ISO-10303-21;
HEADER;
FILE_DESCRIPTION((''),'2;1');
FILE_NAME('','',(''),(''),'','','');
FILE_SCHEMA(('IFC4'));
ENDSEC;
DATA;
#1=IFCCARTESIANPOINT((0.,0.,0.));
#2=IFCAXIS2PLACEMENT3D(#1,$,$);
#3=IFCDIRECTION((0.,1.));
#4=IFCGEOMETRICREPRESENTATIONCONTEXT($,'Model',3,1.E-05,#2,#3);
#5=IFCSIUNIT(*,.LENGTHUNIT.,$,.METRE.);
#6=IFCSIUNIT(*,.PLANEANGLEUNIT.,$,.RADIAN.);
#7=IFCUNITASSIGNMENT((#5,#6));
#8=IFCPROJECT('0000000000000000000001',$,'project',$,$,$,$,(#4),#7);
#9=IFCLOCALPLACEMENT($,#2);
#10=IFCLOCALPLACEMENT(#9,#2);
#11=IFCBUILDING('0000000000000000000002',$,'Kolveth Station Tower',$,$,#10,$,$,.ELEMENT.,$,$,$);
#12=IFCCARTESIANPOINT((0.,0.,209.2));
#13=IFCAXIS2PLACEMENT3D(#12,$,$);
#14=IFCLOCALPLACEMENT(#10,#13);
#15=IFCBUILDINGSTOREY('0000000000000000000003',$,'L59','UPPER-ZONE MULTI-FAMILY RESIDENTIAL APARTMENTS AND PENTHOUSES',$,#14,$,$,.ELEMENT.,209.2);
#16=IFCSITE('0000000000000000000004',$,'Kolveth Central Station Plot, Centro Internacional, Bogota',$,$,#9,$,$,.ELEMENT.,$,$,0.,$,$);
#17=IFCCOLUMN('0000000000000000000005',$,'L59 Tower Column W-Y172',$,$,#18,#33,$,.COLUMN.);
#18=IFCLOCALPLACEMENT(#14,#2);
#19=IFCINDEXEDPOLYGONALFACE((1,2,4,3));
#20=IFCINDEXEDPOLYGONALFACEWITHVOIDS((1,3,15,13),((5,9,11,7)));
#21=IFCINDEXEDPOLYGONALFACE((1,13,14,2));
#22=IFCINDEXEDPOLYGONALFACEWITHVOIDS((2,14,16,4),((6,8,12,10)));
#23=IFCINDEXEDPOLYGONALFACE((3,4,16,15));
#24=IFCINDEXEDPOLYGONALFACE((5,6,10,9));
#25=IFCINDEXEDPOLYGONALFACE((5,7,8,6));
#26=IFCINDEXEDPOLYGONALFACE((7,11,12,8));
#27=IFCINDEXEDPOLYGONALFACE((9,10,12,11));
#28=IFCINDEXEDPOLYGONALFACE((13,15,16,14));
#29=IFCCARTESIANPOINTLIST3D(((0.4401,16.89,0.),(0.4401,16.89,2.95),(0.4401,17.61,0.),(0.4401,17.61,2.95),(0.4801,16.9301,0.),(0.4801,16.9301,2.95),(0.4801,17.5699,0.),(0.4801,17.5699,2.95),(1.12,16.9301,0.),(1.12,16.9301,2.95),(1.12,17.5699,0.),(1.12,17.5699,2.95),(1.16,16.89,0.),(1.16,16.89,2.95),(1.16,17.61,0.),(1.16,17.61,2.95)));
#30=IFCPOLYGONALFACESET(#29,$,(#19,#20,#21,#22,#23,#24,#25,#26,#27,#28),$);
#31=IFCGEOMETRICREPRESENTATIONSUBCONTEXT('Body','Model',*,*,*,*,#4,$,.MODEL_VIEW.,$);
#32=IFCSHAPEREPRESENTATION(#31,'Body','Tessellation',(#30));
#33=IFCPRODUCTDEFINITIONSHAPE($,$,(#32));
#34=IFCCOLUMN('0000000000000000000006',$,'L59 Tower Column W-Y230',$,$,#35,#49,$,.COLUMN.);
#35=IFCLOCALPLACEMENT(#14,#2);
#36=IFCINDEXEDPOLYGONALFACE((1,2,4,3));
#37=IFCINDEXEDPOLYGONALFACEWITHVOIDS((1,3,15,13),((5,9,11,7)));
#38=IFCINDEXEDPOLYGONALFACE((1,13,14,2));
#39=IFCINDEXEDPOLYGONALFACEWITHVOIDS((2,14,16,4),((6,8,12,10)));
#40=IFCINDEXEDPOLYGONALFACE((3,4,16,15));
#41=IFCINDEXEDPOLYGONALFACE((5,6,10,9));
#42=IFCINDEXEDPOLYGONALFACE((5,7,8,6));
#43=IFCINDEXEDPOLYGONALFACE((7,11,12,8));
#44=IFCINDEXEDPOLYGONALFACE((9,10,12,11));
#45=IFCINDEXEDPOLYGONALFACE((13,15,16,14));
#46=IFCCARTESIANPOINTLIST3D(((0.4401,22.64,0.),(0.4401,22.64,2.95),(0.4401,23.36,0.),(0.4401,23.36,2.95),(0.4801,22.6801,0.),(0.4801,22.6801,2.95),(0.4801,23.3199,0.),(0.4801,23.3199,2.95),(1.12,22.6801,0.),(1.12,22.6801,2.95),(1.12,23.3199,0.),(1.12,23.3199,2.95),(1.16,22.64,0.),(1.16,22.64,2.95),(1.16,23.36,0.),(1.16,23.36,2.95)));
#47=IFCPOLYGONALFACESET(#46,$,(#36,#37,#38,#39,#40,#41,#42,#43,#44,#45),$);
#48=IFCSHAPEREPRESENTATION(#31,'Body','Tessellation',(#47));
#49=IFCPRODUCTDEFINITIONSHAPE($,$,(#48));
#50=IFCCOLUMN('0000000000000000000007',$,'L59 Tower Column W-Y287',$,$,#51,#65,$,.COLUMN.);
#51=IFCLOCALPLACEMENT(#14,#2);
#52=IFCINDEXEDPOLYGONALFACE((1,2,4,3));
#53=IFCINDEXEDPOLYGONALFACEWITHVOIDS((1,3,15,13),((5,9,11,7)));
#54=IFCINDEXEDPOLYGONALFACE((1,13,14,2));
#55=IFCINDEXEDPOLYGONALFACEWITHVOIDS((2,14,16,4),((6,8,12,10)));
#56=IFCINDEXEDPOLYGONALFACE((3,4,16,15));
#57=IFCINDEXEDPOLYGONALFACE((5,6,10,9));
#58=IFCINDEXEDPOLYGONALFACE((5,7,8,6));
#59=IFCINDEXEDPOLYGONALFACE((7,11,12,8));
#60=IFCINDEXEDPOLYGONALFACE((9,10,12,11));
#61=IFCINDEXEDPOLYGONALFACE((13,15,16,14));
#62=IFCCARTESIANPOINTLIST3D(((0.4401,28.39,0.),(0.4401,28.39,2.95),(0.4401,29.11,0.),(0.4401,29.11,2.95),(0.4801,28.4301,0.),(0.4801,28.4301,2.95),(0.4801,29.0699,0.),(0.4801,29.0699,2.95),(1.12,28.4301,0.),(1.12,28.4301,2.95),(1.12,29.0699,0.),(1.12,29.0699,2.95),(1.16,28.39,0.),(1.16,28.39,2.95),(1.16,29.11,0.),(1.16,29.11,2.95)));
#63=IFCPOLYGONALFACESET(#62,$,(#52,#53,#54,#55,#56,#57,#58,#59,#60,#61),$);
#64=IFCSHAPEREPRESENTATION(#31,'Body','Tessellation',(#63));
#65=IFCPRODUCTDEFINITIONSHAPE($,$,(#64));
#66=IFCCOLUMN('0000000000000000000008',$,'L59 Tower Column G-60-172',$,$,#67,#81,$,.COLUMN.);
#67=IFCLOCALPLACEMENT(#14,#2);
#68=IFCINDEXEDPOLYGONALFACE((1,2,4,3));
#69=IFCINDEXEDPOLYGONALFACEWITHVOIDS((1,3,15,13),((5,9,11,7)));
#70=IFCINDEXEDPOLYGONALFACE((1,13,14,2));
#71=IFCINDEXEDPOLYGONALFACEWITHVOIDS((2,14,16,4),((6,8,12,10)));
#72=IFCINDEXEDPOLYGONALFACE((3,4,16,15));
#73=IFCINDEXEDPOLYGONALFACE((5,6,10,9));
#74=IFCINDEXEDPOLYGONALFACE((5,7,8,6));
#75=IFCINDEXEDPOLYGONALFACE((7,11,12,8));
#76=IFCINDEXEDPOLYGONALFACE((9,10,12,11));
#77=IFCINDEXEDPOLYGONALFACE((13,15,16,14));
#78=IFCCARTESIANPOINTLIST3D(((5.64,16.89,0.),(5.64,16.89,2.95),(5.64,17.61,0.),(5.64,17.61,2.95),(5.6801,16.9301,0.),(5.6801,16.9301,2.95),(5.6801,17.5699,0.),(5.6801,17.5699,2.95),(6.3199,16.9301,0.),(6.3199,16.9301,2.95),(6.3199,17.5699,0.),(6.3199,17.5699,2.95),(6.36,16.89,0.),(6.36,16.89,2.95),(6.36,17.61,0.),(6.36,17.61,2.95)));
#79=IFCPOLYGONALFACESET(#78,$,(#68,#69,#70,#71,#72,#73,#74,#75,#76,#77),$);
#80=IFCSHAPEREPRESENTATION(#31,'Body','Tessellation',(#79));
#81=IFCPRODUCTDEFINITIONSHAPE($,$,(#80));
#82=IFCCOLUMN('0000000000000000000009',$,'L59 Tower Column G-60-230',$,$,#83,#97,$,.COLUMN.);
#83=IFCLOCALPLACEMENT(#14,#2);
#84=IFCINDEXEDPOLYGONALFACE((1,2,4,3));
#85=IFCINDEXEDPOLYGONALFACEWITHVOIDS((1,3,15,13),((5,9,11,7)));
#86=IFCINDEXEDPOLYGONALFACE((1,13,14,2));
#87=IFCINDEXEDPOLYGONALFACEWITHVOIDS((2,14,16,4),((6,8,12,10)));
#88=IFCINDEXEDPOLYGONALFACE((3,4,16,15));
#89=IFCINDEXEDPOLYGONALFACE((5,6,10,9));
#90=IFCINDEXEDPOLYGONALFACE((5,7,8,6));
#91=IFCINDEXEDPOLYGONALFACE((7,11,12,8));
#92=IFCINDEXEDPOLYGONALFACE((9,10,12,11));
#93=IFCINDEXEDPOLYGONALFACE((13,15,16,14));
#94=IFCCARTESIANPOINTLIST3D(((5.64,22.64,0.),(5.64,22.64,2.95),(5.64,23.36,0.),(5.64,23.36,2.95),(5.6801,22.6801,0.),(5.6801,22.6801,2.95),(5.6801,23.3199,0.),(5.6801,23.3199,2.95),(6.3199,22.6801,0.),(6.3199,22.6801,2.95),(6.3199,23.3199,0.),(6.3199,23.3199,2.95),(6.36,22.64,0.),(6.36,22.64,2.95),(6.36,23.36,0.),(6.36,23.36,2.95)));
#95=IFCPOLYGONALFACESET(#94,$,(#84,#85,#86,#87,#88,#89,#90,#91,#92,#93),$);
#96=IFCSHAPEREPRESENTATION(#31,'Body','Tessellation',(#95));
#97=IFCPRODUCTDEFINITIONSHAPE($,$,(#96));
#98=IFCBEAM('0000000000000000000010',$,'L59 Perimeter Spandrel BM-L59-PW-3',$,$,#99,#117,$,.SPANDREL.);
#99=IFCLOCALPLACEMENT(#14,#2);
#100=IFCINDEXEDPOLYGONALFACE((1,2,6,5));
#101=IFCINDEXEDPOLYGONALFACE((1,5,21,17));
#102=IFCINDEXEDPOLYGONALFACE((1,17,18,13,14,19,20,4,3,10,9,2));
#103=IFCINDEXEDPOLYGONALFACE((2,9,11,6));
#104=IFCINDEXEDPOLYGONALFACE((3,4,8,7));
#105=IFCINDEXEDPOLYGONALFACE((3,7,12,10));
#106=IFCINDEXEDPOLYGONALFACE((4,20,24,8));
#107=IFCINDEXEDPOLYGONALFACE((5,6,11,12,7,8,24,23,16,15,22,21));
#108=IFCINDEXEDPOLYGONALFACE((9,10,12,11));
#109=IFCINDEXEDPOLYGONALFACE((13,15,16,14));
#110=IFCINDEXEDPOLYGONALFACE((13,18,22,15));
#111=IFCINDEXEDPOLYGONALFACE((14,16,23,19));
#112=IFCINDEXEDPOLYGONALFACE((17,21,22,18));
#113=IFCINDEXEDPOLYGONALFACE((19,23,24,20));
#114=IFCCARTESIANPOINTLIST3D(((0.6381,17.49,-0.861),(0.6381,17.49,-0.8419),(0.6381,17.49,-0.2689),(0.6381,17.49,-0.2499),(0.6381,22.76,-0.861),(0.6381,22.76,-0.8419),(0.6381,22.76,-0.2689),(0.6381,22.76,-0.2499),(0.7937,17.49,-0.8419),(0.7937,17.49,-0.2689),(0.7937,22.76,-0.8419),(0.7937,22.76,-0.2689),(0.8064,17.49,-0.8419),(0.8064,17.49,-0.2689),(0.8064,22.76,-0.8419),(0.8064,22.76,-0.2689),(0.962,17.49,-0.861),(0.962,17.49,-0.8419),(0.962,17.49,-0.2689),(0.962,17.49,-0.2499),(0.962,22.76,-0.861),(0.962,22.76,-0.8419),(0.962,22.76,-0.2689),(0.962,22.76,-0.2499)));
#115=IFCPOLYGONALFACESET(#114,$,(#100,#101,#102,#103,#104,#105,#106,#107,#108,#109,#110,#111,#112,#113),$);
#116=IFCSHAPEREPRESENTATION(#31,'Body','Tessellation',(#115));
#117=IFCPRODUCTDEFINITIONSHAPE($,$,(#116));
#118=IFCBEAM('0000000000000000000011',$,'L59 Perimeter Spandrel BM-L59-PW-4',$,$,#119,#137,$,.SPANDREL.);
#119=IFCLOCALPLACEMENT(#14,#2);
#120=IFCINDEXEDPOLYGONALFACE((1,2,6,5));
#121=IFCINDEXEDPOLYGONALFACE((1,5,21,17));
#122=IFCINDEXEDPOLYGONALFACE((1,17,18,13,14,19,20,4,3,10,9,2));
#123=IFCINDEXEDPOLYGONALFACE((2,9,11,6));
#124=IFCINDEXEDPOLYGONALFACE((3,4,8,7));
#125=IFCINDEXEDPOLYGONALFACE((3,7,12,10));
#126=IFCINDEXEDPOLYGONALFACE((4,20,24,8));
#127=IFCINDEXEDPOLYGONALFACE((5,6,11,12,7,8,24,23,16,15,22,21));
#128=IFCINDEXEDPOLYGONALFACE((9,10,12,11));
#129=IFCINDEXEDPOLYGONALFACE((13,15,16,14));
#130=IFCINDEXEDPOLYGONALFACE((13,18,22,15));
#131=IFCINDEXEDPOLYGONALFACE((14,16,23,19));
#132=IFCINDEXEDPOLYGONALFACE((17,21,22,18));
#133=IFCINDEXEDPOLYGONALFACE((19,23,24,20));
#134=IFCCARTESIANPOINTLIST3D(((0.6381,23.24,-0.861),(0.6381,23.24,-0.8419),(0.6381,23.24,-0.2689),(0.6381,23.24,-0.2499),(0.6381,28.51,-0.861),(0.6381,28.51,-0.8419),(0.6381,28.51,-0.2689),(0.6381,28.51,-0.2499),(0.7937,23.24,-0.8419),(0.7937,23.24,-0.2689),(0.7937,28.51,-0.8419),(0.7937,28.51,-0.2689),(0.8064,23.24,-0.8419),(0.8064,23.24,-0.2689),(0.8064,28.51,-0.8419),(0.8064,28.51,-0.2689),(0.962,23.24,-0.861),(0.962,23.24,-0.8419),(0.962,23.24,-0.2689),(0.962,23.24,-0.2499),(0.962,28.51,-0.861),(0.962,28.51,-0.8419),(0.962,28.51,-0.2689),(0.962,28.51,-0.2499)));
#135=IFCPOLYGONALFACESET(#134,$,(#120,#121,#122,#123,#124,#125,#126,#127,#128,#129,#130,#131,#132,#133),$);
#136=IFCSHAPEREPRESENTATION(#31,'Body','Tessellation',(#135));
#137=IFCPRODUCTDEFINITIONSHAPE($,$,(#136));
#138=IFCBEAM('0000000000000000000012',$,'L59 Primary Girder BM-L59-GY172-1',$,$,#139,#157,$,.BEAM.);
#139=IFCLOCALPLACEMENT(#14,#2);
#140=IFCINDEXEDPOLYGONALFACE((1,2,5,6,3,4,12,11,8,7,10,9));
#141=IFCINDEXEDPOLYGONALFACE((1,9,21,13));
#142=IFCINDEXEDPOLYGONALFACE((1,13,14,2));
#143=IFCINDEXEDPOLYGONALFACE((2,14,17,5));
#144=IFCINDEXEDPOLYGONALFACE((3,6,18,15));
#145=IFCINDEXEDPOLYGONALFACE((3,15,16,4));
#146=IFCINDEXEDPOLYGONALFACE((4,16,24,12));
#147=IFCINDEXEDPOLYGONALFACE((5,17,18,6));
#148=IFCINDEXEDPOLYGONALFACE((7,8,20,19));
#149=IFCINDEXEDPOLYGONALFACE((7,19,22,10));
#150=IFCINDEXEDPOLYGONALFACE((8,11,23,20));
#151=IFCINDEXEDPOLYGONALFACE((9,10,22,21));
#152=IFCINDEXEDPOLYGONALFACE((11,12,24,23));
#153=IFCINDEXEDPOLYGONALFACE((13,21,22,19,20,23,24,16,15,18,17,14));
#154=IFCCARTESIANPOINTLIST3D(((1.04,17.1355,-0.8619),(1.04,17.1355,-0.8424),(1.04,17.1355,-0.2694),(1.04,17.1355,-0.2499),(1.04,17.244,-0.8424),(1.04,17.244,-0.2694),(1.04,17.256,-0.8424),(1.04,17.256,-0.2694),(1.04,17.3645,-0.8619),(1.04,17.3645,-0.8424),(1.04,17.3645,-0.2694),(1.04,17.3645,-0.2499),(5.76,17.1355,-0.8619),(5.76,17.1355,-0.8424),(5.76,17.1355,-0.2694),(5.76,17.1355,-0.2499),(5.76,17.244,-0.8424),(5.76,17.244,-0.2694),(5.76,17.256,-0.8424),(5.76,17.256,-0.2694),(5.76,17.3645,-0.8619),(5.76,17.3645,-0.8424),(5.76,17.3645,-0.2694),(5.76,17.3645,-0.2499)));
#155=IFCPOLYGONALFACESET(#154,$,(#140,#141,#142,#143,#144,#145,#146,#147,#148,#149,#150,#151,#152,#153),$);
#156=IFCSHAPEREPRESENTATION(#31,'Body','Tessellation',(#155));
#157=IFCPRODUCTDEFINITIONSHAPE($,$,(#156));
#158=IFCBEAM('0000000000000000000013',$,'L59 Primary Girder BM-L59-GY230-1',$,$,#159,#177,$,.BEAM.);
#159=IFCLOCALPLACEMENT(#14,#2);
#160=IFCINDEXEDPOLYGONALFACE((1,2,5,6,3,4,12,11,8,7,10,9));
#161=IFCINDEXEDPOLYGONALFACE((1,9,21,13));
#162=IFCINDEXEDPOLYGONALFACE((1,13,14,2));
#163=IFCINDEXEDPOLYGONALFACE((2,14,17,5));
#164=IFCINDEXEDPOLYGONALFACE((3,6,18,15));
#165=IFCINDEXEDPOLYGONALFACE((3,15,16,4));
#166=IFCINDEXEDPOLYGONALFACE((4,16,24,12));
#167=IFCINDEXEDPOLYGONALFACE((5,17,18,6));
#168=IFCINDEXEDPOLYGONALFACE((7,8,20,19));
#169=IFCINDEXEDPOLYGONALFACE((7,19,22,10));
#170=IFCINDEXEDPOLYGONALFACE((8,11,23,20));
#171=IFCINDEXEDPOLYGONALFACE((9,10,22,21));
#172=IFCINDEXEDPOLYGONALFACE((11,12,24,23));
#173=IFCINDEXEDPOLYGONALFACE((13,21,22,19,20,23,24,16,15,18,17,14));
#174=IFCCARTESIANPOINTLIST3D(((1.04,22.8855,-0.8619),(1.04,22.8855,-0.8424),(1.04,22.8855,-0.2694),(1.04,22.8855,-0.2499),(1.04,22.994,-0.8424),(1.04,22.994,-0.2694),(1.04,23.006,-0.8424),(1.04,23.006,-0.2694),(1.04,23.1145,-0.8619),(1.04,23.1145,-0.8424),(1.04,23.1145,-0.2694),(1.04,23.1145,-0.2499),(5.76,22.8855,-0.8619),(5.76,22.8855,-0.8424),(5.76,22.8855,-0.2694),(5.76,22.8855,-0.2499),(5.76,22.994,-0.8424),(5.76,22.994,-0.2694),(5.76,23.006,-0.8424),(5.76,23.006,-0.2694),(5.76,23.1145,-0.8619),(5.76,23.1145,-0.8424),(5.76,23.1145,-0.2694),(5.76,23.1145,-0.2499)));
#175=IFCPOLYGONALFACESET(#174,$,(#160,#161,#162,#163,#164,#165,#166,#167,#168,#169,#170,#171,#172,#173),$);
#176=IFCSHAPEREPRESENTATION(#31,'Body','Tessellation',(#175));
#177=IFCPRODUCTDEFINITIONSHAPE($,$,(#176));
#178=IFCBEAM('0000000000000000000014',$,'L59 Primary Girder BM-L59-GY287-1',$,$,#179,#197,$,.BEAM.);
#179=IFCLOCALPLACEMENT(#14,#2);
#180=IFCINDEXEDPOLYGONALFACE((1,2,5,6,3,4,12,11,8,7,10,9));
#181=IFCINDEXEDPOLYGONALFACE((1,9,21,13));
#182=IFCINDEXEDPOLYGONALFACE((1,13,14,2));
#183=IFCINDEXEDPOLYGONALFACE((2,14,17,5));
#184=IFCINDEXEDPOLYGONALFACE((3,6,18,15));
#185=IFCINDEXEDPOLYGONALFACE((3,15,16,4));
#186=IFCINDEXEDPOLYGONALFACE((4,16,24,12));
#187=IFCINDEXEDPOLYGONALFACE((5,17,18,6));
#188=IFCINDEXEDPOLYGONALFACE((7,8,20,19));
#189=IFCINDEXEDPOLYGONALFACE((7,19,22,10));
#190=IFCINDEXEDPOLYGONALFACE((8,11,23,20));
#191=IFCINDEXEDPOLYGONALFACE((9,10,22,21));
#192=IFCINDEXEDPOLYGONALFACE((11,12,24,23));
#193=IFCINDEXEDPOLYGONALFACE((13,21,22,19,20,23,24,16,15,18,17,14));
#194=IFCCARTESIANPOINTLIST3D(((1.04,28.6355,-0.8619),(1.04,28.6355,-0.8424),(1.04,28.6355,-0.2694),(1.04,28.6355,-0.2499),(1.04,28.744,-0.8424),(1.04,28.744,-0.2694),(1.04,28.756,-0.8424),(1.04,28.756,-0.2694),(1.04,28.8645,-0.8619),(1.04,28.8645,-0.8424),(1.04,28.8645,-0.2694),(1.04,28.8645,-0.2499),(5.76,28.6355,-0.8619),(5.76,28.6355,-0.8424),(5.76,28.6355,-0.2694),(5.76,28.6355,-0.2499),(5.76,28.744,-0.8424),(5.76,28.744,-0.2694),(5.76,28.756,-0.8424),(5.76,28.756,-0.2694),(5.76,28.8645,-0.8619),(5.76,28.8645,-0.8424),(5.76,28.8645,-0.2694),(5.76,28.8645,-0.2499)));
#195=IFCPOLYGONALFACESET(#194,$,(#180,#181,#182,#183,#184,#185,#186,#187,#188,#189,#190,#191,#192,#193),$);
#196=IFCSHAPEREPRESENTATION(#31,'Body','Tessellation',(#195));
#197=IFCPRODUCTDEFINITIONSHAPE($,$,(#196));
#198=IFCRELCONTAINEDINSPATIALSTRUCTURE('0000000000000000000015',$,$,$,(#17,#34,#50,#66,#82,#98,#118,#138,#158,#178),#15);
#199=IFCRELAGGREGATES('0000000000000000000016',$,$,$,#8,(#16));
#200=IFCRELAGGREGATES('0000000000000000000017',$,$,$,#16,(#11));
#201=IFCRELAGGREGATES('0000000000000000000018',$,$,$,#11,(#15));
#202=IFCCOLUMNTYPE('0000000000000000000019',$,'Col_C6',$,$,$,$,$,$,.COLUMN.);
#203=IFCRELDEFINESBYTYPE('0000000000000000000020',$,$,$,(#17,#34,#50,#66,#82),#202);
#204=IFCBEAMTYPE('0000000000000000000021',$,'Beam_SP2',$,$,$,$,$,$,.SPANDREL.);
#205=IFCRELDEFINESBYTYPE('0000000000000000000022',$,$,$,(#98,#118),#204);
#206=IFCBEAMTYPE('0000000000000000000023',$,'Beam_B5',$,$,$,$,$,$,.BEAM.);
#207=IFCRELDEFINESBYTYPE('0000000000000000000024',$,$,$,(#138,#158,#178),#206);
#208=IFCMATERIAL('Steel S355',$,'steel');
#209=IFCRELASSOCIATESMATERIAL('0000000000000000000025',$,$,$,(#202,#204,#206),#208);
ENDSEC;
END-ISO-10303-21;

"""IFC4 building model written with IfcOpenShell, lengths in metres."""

from ifc_helpers import new_model, si_unit, direction, frame, origin, origin_2d, place, context, subcontext, project, spatial, hollow_rectangle, i_section, extrude, source, transform, mapped, material, material_profile, profile_set, type_object, element, save


model = new_model("IFC4")

# Units and contexts
model_context = context("Model", 3, precision=1e-05, world=origin(), true_north=direction((0.0, 1.0)))
body_context = subcontext(model_context, "Body", "Model", "MODEL_VIEW")
ifc_project = project(units=[si_unit("LENGTHUNIT", "METRE"), si_unit("PLANEANGLEUNIT", "RADIAN")], contexts=[model_context])

# Site, building, storey
site_placement = place(None, origin())
site = spatial("IfcSite", under=ifc_project, at=site_placement, Name="Kolveth Central Station Plot, Centro Internacional, Bogota", CompositionType="ELEMENT", RefElevation=0.0)
building_placement = place(site_placement, origin())
building = spatial("IfcBuilding", under=site, at=building_placement, Name="Kolveth Station Tower", CompositionType="ELEMENT")
storey_placement = place(building_placement, frame((0.0, 0.0, 209.2)))
storey = spatial("IfcBuildingStorey", under=building, at=storey_placement, Name="L59", Description="UPPER-ZONE MULTI-FAMILY RESIDENTIAL APARTMENTS AND PENTHOUSES", CompositionType="ELEMENT", Elevation=209.2)

# Columns
ifc_material_1 = material(Name="Steel S355", Category="steel")
ifc_material_profile_1 = material_profile(ifc_material_1, hollow_rectangle(XDim=0.72, YDim=0.72, WallThickness=0.04, at=origin_2d()), Name="BOX720x720x40")
ifc_profile_set_1 = profile_set([ifc_material_profile_1], Name="Steel S355")
column_type = type_object("IfcColumnType", Name="Col_C6", PredefinedType="COLUMN", material=ifc_profile_set_1)
shared_shape_1 = source(origin(), body_context, "Body", "SweptSolid", [
    extrude(hollow_rectangle(XDim=0.72, YDim=0.72, WallThickness=0.04, at=origin_2d()), origin(), (0.0, 0.0, 1.0), 2.95),
])
for number, where, z_axis, x_axis, name in (
    (1, (0.8, 17.25, 0.0), (0.0, 0.0, 1.0), (1.0, 0.0, 0.0), "L59 Tower Column W-Y172"),
    (2, (0.8, 23.0, 0.0), (0.0, 0.0, 1.0), (1.0, 0.0, 0.0), "L59 Tower Column W-Y230"),
    (3, (0.8, 28.75, 0.0), (0.0, 0.0, 1.0), (1.0, 0.0, 0.0), "L59 Tower Column W-Y287"),
    (4, (6.0, 17.25, 0.0), (0.0, 0.0, 1.0), (1.0, 0.0, 0.0), "L59 Tower Column G-60-172"),
    (5, (6.0, 23.0, 0.0), (0.0, 0.0, 1.0), (1.0, 0.0, 0.0), "L59 Tower Column G-60-230"),
):
    element("IfcColumn", number, at=place(storey_placement, frame(where, z_axis=z_axis, x_axis=x_axis)), inside=storey, type_object=column_type, Name=name, PredefinedType="COLUMN", context=body_context, shape_type="MappedRepresentation", body=[
        mapped(shared_shape_1, transform((0.0, 0.0, 0.0), x_axis=(1.0, 0.0, 0.0), y_axis=(0.0, 1.0, 0.0), z_axis=(0.0, 0.0, 1.0), scale=1.0)),
    ])

# Beams
ifc_material_profile_2 = material_profile(ifc_material_1, i_section(OverallWidth=0.324, OverallDepth=0.6111, WebThickness=0.0127, FlangeThickness=0.019, at=origin_2d()), Name="W610x155")
ifc_profile_set_2 = profile_set([ifc_material_profile_2], Name="Steel S355")
beam_type_1 = type_object("IfcBeamType", Name="Beam_SP2", PredefinedType="SPANDREL", material=ifc_profile_set_2)
shared_shape_2 = source(origin(), body_context, "Body", "SweptSolid", [
    extrude(i_section(OverallWidth=0.324, OverallDepth=0.6111, WebThickness=0.0127, FlangeThickness=0.019, at=origin_2d()), origin(), (0.0, 0.0, 1.0), 5.27),
])
for number, where, z_axis, x_axis, name in (
    (6, (0.8, 17.49, -0.5554), (0.0, 1.0, 0.0), (-1.0, 0.0, 0.0), "L59 Perimeter Spandrel BM-L59-PW-3"),
    (7, (0.8, 23.24, -0.5554), (0.0, 1.0, 0.0), (-1.0, 0.0, 0.0), "L59 Perimeter Spandrel BM-L59-PW-4"),
):
    element("IfcBeam", number, at=place(storey_placement, frame(where, z_axis=z_axis, x_axis=x_axis)), inside=storey, type_object=beam_type_1, Name=name, PredefinedType="SPANDREL", context=body_context, shape_type="MappedRepresentation", body=[
        mapped(shared_shape_2, transform((0.0, 0.0, 0.0), x_axis=(1.0, 0.0, 0.0), y_axis=(0.0, 1.0, 0.0), z_axis=(0.0, 0.0, 1.0), scale=1.0)),
    ])
ifc_material_profile_3 = material_profile(ifc_material_1, i_section(OverallWidth=0.229, OverallDepth=0.6121, WebThickness=0.012, FlangeThickness=0.0195, at=origin_2d()), Name="W610x125")
ifc_profile_set_3 = profile_set([ifc_material_profile_3], Name="Steel S355")
beam_type_2 = type_object("IfcBeamType", Name="Beam_B5", PredefinedType="BEAM", material=ifc_profile_set_3)
shared_shape_3 = source(origin(), body_context, "Body", "SweptSolid", [
    extrude(i_section(OverallWidth=0.229, OverallDepth=0.6121, WebThickness=0.012, FlangeThickness=0.0195, at=origin_2d()), origin(), (0.0, 0.0, 1.0), 4.72),
])
for number, where, z_axis, x_axis, name in (
    (8, (1.04, 17.25, -0.5559), (1.0, 0.0, 0.0), (0.0, 1.0, 0.0), "L59 Primary Girder BM-L59-GY172-1"),
    (9, (1.04, 23.0, -0.5559), (1.0, 0.0, 0.0), (0.0, 1.0, 0.0), "L59 Primary Girder BM-L59-GY230-1"),
    (10, (1.04, 28.75, -0.5559), (1.0, 0.0, 0.0), (0.0, 1.0, 0.0), "L59 Primary Girder BM-L59-GY287-1"),
):
    element("IfcBeam", number, at=place(storey_placement, frame(where, z_axis=z_axis, x_axis=x_axis)), inside=storey, type_object=beam_type_2, Name=name, PredefinedType="BEAM", context=body_context, shape_type="MappedRepresentation", body=[
        mapped(shared_shape_3, transform((0.0, 0.0, 0.0), x_axis=(1.0, 0.0, 0.0), y_axis=(0.0, 1.0, 0.0), z_axis=(0.0, 0.0, 1.0), scale=1.0)),
    ])

save(model, "model.ifc")
